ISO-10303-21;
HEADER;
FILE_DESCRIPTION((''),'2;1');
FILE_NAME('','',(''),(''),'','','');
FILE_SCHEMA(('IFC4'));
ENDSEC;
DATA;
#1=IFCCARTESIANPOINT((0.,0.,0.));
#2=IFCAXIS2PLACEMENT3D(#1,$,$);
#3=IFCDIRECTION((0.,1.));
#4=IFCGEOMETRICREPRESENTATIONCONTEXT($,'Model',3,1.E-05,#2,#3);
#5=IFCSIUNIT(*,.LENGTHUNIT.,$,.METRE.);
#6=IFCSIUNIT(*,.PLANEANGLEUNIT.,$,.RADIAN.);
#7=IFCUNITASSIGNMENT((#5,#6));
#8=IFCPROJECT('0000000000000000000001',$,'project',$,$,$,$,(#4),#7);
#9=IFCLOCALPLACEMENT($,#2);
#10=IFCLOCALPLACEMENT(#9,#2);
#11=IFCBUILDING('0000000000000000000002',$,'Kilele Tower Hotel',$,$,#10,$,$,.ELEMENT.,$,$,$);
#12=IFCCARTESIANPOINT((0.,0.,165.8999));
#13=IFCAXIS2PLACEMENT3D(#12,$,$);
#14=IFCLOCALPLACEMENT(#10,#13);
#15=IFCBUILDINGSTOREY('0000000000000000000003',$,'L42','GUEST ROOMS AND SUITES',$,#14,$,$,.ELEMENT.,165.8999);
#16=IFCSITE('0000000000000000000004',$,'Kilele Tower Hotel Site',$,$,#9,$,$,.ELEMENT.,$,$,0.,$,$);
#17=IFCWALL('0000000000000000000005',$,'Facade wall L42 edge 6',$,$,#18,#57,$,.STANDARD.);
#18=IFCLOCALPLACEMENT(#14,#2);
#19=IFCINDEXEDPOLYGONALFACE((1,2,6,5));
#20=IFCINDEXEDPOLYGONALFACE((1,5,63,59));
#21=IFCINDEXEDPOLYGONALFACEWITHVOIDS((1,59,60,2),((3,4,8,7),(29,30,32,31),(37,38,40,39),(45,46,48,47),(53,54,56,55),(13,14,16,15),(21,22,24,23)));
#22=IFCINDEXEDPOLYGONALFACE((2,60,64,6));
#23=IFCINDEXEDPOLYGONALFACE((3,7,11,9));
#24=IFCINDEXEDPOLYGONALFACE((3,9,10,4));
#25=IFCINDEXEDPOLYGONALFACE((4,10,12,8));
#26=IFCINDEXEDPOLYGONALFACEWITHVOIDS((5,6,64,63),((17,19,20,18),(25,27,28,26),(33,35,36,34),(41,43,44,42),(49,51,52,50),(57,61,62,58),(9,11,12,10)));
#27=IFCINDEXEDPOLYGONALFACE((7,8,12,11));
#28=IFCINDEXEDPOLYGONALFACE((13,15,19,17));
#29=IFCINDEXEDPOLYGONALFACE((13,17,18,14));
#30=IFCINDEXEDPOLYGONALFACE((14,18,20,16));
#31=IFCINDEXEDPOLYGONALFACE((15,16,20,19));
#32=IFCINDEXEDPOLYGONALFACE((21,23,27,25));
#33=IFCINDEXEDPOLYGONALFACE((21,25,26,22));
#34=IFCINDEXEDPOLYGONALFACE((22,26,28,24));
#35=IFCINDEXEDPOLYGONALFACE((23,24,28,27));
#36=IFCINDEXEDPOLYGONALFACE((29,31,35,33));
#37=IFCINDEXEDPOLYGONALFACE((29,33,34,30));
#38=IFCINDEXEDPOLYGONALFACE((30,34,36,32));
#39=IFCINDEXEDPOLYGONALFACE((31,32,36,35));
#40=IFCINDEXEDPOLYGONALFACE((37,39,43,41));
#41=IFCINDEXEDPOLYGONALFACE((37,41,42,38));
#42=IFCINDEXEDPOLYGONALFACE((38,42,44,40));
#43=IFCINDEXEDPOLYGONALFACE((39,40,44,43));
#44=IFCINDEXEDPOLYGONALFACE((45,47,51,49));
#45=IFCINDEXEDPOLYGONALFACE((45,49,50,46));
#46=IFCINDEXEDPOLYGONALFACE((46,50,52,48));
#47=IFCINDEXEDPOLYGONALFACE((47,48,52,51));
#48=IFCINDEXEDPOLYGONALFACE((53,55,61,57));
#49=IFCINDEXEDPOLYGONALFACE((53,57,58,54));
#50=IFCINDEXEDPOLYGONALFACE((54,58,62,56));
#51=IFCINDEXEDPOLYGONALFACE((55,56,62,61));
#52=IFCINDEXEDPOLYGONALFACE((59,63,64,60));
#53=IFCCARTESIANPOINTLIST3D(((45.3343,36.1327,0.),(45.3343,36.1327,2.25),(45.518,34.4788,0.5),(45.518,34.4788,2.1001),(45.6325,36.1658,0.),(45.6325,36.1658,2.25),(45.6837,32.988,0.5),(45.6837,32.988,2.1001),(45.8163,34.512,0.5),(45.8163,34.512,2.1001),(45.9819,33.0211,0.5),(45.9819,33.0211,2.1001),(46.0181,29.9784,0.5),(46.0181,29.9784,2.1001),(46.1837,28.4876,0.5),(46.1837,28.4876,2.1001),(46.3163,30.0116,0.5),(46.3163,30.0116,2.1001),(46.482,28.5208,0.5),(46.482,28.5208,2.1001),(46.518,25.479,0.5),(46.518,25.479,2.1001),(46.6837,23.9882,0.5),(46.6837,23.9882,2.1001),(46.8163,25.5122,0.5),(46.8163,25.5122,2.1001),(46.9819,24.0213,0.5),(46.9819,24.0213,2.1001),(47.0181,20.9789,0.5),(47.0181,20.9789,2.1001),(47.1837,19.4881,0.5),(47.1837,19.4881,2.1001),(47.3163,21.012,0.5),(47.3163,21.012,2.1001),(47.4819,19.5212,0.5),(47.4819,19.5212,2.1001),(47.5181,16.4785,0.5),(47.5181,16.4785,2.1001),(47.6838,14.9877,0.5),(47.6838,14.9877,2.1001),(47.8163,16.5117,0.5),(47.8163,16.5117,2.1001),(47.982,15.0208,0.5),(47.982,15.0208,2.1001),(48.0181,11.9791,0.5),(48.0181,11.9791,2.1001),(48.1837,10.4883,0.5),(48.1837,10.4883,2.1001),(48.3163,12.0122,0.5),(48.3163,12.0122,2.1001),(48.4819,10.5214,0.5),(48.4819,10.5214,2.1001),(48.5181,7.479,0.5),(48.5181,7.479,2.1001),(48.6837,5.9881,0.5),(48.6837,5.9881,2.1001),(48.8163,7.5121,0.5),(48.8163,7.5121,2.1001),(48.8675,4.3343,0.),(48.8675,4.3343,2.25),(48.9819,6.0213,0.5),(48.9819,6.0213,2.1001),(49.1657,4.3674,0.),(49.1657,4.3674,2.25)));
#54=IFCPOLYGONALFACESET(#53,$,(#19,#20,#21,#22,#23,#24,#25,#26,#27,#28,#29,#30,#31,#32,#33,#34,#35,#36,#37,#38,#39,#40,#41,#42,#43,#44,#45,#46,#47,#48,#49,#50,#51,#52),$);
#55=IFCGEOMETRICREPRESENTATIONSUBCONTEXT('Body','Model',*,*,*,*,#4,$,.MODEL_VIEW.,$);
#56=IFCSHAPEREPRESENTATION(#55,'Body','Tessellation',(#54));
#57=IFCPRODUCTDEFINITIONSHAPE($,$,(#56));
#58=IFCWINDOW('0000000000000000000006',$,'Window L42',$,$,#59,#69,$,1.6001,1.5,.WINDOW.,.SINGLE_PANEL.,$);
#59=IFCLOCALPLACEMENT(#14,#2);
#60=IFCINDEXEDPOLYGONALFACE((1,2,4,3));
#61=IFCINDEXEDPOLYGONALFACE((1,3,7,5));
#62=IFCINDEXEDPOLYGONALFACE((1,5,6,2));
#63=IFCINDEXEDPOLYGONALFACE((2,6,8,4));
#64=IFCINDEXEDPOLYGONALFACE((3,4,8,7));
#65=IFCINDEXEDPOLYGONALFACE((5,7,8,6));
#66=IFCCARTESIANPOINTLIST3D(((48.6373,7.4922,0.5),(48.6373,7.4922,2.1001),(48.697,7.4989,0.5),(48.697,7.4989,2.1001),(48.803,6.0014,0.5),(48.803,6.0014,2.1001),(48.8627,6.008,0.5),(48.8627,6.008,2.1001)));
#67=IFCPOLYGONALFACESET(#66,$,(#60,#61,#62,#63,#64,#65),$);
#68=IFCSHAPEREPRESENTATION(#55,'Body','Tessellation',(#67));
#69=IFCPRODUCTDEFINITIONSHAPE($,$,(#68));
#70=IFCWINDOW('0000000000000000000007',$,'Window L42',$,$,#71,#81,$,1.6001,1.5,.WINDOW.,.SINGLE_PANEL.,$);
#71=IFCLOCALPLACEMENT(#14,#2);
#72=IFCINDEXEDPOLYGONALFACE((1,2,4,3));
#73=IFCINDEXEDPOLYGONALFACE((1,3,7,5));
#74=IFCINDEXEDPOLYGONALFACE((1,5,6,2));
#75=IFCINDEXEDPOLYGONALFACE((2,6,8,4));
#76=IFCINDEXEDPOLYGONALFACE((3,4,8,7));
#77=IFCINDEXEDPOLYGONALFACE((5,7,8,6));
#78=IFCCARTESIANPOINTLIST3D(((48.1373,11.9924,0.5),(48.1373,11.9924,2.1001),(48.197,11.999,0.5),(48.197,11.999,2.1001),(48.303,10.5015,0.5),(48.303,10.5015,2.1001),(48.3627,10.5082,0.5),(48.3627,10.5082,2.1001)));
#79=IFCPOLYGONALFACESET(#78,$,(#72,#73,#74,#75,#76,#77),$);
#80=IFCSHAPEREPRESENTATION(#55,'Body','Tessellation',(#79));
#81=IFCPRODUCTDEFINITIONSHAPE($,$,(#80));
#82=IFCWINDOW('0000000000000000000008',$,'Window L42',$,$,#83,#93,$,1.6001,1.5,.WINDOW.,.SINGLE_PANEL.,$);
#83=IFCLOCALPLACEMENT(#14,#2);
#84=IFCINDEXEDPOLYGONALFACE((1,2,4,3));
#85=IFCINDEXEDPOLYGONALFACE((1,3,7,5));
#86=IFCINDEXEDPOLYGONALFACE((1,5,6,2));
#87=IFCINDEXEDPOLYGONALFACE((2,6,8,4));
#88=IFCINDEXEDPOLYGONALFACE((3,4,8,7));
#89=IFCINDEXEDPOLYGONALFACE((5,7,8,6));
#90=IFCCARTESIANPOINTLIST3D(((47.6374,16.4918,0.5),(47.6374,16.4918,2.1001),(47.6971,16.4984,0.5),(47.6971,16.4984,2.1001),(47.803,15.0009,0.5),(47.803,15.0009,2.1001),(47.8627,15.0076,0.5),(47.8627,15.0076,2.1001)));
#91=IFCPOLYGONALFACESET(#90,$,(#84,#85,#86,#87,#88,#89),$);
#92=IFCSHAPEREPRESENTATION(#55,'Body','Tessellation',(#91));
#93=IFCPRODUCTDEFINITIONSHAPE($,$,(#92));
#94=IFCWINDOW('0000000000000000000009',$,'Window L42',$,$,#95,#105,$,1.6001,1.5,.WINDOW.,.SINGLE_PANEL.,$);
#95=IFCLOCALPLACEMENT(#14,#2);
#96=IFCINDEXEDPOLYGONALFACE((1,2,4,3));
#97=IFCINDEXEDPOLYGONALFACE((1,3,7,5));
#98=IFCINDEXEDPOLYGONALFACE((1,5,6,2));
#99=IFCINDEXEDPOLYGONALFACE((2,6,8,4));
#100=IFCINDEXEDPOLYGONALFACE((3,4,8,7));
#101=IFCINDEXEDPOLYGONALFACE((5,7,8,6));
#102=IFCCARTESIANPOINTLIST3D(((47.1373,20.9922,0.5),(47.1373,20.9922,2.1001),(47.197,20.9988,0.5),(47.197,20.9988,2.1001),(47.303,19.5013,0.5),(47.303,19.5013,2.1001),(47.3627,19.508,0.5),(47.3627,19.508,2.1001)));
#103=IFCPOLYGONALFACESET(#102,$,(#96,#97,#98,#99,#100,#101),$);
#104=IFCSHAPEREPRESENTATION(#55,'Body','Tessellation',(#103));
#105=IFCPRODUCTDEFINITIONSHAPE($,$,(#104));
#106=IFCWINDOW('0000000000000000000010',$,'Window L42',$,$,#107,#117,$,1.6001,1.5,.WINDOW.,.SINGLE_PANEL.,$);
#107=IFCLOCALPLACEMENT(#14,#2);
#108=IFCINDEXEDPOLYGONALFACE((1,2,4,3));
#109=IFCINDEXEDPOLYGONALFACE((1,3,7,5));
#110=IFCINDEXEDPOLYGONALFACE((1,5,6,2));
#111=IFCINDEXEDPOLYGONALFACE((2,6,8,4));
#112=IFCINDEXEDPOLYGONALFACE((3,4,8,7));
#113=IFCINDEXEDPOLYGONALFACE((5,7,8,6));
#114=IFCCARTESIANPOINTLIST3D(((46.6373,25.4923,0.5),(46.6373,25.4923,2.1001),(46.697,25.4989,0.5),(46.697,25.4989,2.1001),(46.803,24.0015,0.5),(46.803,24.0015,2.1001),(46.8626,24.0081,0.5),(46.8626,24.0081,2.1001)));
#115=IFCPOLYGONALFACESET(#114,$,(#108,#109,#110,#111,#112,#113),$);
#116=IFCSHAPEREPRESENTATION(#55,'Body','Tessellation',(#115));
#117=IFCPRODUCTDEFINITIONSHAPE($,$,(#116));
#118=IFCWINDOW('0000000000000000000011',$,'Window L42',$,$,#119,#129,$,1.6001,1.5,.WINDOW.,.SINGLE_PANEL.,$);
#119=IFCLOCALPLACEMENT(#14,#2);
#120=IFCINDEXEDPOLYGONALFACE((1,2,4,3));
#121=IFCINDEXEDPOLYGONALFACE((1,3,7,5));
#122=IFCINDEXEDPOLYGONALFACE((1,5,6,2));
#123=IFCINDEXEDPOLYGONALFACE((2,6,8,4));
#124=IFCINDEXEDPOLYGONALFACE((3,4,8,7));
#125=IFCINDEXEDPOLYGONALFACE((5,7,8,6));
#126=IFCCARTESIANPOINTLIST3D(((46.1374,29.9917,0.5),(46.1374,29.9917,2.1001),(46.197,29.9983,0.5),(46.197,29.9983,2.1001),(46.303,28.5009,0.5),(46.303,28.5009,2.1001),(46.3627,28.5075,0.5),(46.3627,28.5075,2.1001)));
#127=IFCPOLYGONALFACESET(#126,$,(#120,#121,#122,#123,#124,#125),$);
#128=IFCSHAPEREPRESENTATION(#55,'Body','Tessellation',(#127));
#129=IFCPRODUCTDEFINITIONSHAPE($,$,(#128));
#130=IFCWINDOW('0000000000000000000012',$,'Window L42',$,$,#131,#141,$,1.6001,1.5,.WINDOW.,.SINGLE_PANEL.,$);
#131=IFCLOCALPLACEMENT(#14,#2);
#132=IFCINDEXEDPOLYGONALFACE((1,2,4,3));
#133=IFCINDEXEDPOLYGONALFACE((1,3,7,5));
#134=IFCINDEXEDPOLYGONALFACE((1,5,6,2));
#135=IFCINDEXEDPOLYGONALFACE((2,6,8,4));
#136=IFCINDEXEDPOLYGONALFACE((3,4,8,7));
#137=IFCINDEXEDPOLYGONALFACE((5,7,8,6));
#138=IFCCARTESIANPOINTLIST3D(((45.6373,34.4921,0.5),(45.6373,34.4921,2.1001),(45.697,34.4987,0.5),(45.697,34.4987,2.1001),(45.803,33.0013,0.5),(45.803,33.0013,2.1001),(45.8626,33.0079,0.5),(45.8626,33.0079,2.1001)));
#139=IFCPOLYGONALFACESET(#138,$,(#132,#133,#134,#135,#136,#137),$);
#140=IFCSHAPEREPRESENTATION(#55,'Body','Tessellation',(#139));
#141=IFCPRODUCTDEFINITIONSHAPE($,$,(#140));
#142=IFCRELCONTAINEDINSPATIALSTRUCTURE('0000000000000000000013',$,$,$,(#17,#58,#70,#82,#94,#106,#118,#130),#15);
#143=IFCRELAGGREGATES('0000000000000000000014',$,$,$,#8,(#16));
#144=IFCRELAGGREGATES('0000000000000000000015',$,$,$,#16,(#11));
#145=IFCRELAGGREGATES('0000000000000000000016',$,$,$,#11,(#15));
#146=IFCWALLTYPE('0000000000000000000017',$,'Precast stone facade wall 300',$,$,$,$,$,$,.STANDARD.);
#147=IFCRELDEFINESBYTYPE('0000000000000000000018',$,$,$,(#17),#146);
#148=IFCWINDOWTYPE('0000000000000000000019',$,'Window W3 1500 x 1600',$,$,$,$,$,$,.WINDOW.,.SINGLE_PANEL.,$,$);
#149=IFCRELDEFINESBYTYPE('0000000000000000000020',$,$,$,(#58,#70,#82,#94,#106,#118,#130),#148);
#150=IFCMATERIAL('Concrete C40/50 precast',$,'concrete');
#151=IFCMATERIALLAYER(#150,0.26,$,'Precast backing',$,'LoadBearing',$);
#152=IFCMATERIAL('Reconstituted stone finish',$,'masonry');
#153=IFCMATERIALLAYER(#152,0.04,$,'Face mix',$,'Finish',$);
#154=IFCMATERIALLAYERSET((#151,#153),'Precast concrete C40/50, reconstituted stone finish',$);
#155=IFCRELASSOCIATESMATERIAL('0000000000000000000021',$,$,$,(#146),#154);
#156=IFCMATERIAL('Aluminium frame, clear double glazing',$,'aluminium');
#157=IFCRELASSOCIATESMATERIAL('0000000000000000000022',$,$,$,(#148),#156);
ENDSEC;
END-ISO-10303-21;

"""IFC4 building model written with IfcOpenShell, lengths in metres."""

from ifc_helpers import new_model, si_unit, direction, frame, frame_2d, origin, place, context, subcontext, project, spatial, rectangle, extrude, material, layer, layer_set, type_object, element, fill, save


model = new_model("IFC4")

# Units and contexts
model_context = context("Model", 3, precision=1e-05, world=origin(), true_north=direction((0.0, 1.0)))
body_context = subcontext(model_context, "Body", "Model", "MODEL_VIEW")
ifc_project = project(units=[si_unit("LENGTHUNIT", "METRE"), si_unit("PLANEANGLEUNIT", "RADIAN")], contexts=[model_context])

# Site, building, storey
site_placement = place(None, origin())
site = spatial("IfcSite", under=ifc_project, at=site_placement, Name="Kilele Tower Hotel Site", CompositionType="ELEMENT", RefElevation=0.0)
building_placement = place(site_placement, origin())
building = spatial("IfcBuilding", under=site, at=building_placement, Name="Kilele Tower Hotel", CompositionType="ELEMENT")
storey_placement = place(building_placement, frame((0.0, 0.0, 165.8999)))
storey = spatial("IfcBuildingStorey", under=building, at=storey_placement, Name="L42", Description="GUEST ROOMS AND SUITES", CompositionType="ELEMENT", Elevation=165.8999)

# Shared definitions
ifc_material_1 = material(Name="Concrete C40/50 precast", Category="concrete")
ifc_layer_1 = layer(ifc_material_1, 0.26, Name="Precast backing", Category="LoadBearing")
ifc_material_2 = material(Name="Reconstituted stone finish", Category="masonry")
ifc_layer_2 = layer(ifc_material_2, 0.04, Name="Face mix", Category="Finish")
ifc_layer_set_1 = layer_set([ifc_layer_1, ifc_layer_2], Name="Precast concrete C40/50, reconstituted stone finish")
wall_type_1 = type_object("IfcWallType", Name="Precast stone facade wall 300", PredefinedType="STANDARD", material=ifc_layer_set_1)
ifc_material_3 = material(Name="Aluminium frame, clear double glazing", Category="aluminium")
window_type_1 = type_object("IfcWindowType", Name="Window W3 1500 x 1600", PartitioningType="SINGLE_PANEL", PredefinedType="WINDOW", material=ifc_material_3)

# Wall, openings, windows
wall_1_placement = place(storey_placement, frame((49.0166, 4.3508, 0.0), z_axis=(0.0, 0.0, 1.0), x_axis=(-0.110433, 0.993884, 0.0)))
wall_1 = element("IfcWall", 1, at=wall_1_placement, inside=storey, type_object=wall_type_1, Name="Facade wall L42 edge 6", PredefinedType="STANDARD", context=body_context, shape_type="SweptSolid", body=[
    extrude(rectangle(XDim=31.9941, YDim=0.3, at=frame_2d((15.9971, 0.0))), origin(), (0.0, 0.0, 1.0), 2.25),
])
opening_1_placement = place(wall_1_placement, frame((1.6641, 0.0, 0.5)))
opening_1 = element("IfcOpeningElement", 2, at=opening_1_placement, cuts=wall_1, PredefinedType="OPENING", context=body_context, shape_type="SweptSolid", body=[
    extrude(rectangle(XDim=1.5, YDim=1.6001, at=frame_2d((0.75, 0.8))), frame((0.0, 0.1599, 0.0), z_axis=(0.0, -1.0, 0.0), x_axis=(1.0, 0.0, 0.0)), (0.0, 0.0, 1.0), 0.3201),
])
opening_2_placement = place(wall_1_placement, frame((6.1919, 0.0, 0.5)))
opening_2 = element("IfcOpeningElement", 3, at=opening_2_placement, cuts=wall_1, PredefinedType="OPENING", context=body_context, shape_type="SweptSolid", body=[
    extrude(rectangle(XDim=1.5, YDim=1.6001, at=frame_2d((0.75, 0.8))), frame((0.0, 0.1599, 0.0), z_axis=(0.0, -1.0, 0.0), x_axis=(1.0, 0.0, 0.0)), (0.0, 0.0, 1.0), 0.3201),
])
opening_3_placement = place(wall_1_placement, frame((10.719, 0.0, 0.5)))
opening_3 = element("IfcOpeningElement", 4, at=opening_3_placement, cuts=wall_1, PredefinedType="OPENING", context=body_context, shape_type="SweptSolid", body=[
    extrude(rectangle(XDim=1.5, YDim=1.6001, at=frame_2d((0.75, 0.8))), frame((0.0, 0.1599, 0.0), z_axis=(0.0, -1.0, 0.0), x_axis=(1.0, 0.0, 0.0)), (0.0, 0.0, 1.0), 0.3201),
])
opening_4_placement = place(wall_1_placement, frame((15.2471, 0.0, 0.5)))
opening_4 = element("IfcOpeningElement", 5, at=opening_4_placement, cuts=wall_1, PredefinedType="OPENING", context=body_context, shape_type="SweptSolid", body=[
    extrude(rectangle(XDim=1.5, YDim=1.6001, at=frame_2d((0.75, 0.8))), frame((0.0, 0.1599, 0.0), z_axis=(0.0, -1.0, 0.0), x_axis=(1.0, 0.0, 0.0)), (0.0, 0.0, 1.0), 0.3201),
])
opening_5_placement = place(wall_1_placement, frame((19.7749, 0.0, 0.5)))
opening_5 = element("IfcOpeningElement", 6, at=opening_5_placement, cuts=wall_1, PredefinedType="OPENING", context=body_context, shape_type="SweptSolid", body=[
    extrude(rectangle(XDim=1.5, YDim=1.6001, at=frame_2d((0.75, 0.8))), frame((0.0, 0.1599, 0.0), z_axis=(0.0, -1.0, 0.0), x_axis=(1.0, 0.0, 0.0)), (0.0, 0.0, 1.0), 0.3201),
])
opening_6_placement = place(wall_1_placement, frame((24.302, 0.0, 0.5)))
opening_6 = element("IfcOpeningElement", 7, at=opening_6_placement, cuts=wall_1, PredefinedType="OPENING", context=body_context, shape_type="SweptSolid", body=[
    extrude(rectangle(XDim=1.5, YDim=1.6001, at=frame_2d((0.75, 0.8))), frame((0.0, 0.1599, 0.0), z_axis=(0.0, -1.0, 0.0), x_axis=(1.0, 0.0, 0.0)), (0.0, 0.0, 1.0), 0.3201),
])
opening_7_placement = place(wall_1_placement, frame((28.8301, 0.0, 0.5)))
opening_7 = element("IfcOpeningElement", 8, at=opening_7_placement, cuts=wall_1, PredefinedType="OPENING", context=body_context, shape_type="SweptSolid", body=[
    extrude(rectangle(XDim=1.5, YDim=1.6001, at=frame_2d((0.75, 0.8))), frame((0.0, 0.1599, 0.0), z_axis=(0.0, -1.0, 0.0), x_axis=(1.0, 0.0, 0.0)), (0.0, 0.0, 1.0), 0.3201),
])
window_1_placement = place(opening_1_placement, origin())
window_1 = element("IfcWindow", 9, at=window_1_placement, inside=storey, type_object=window_type_1, Name="Window L42", OverallHeight=1.6001, OverallWidth=1.5, PartitioningType="SINGLE_PANEL", PredefinedType="WINDOW", context=body_context, shape_type="SweptSolid", body=[
    extrude(rectangle(XDim=1.5, YDim=1.6001, at=frame_2d((0.75, 0.8))), frame((0.0, 0.03, 0.0), z_axis=(0.0, -1.0, 0.0), x_axis=(1.0, 0.0, 0.0)), (0.0, 0.0, 1.0), 0.0601),
])
fill(opening_1, window_1)
window_2_placement = place(opening_2_placement, origin())
window_2 = element("IfcWindow", 10, at=window_2_placement, inside=storey, type_object=window_type_1, Name="Window L42", OverallHeight=1.6001, OverallWidth=1.5, PartitioningType="SINGLE_PANEL", PredefinedType="WINDOW", context=body_context, shape_type="SweptSolid", body=[
    extrude(rectangle(XDim=1.5, YDim=1.6001, at=frame_2d((0.75, 0.8))), frame((0.0, 0.03, 0.0), z_axis=(0.0, -1.0, 0.0), x_axis=(1.0, 0.0, 0.0)), (0.0, 0.0, 1.0), 0.0601),
])
fill(opening_2, window_2)
window_3_placement = place(opening_3_placement, origin())
window_3 = element("IfcWindow", 11, at=window_3_placement, inside=storey, type_object=window_type_1, Name="Window L42", OverallHeight=1.6001, OverallWidth=1.5, PartitioningType="SINGLE_PANEL", PredefinedType="WINDOW", context=body_context, shape_type="SweptSolid", body=[
    extrude(rectangle(XDim=1.5, YDim=1.6001, at=frame_2d((0.75, 0.8))), frame((0.0, 0.03, 0.0), z_axis=(0.0, -1.0, 0.0), x_axis=(1.0, 0.0, 0.0)), (0.0, 0.0, 1.0), 0.0601),
])
fill(opening_3, window_3)
window_4_placement = place(opening_4_placement, origin())
window_4 = element("IfcWindow", 12, at=window_4_placement, inside=storey, type_object=window_type_1, Name="Window L42", OverallHeight=1.6001, OverallWidth=1.5, PartitioningType="SINGLE_PANEL", PredefinedType="WINDOW", context=body_context, shape_type="SweptSolid", body=[
    extrude(rectangle(XDim=1.5, YDim=1.6001, at=frame_2d((0.75, 0.8))), frame((0.0, 0.03, 0.0), z_axis=(0.0, -1.0, 0.0), x_axis=(1.0, 0.0, 0.0)), (0.0, 0.0, 1.0), 0.0601),
])
fill(opening_4, window_4)
window_5_placement = place(opening_5_placement, origin())
window_5 = element("IfcWindow", 13, at=window_5_placement, inside=storey, type_object=window_type_1, Name="Window L42", OverallHeight=1.6001, OverallWidth=1.5, PartitioningType="SINGLE_PANEL", PredefinedType="WINDOW", context=body_context, shape_type="SweptSolid", body=[
    extrude(rectangle(XDim=1.5, YDim=1.6001, at=frame_2d((0.75, 0.8))), frame((0.0, 0.03, 0.0), z_axis=(0.0, -1.0, 0.0), x_axis=(1.0, 0.0, 0.0)), (0.0, 0.0, 1.0), 0.0601),
])
fill(opening_5, window_5)
window_6_placement = place(opening_6_placement, origin())
window_6 = element("IfcWindow", 14, at=window_6_placement, inside=storey, type_object=window_type_1, Name="Window L42", OverallHeight=1.6001, OverallWidth=1.5, PartitioningType="SINGLE_PANEL", PredefinedType="WINDOW", context=body_context, shape_type="SweptSolid", body=[
    extrude(rectangle(XDim=1.5, YDim=1.6001, at=frame_2d((0.75, 0.8))), frame((0.0, 0.03, 0.0), z_axis=(0.0, -1.0, 0.0), x_axis=(1.0, 0.0, 0.0)), (0.0, 0.0, 1.0), 0.0601),
])
fill(opening_6, window_6)
window_7_placement = place(opening_7_placement, origin())
window_7 = element("IfcWindow", 15, at=window_7_placement, inside=storey, type_object=window_type_1, Name="Window L42", OverallHeight=1.6001, OverallWidth=1.5, PartitioningType="SINGLE_PANEL", PredefinedType="WINDOW", context=body_context, shape_type="SweptSolid", body=[
    extrude(rectangle(XDim=1.5, YDim=1.6001, at=frame_2d((0.75, 0.8))), frame((0.0, 0.03, 0.0), z_axis=(0.0, -1.0, 0.0), x_axis=(1.0, 0.0, 0.0)), (0.0, 0.0, 1.0), 0.0601),
])
fill(opening_7, window_7)

save(model, "model.ifc")
